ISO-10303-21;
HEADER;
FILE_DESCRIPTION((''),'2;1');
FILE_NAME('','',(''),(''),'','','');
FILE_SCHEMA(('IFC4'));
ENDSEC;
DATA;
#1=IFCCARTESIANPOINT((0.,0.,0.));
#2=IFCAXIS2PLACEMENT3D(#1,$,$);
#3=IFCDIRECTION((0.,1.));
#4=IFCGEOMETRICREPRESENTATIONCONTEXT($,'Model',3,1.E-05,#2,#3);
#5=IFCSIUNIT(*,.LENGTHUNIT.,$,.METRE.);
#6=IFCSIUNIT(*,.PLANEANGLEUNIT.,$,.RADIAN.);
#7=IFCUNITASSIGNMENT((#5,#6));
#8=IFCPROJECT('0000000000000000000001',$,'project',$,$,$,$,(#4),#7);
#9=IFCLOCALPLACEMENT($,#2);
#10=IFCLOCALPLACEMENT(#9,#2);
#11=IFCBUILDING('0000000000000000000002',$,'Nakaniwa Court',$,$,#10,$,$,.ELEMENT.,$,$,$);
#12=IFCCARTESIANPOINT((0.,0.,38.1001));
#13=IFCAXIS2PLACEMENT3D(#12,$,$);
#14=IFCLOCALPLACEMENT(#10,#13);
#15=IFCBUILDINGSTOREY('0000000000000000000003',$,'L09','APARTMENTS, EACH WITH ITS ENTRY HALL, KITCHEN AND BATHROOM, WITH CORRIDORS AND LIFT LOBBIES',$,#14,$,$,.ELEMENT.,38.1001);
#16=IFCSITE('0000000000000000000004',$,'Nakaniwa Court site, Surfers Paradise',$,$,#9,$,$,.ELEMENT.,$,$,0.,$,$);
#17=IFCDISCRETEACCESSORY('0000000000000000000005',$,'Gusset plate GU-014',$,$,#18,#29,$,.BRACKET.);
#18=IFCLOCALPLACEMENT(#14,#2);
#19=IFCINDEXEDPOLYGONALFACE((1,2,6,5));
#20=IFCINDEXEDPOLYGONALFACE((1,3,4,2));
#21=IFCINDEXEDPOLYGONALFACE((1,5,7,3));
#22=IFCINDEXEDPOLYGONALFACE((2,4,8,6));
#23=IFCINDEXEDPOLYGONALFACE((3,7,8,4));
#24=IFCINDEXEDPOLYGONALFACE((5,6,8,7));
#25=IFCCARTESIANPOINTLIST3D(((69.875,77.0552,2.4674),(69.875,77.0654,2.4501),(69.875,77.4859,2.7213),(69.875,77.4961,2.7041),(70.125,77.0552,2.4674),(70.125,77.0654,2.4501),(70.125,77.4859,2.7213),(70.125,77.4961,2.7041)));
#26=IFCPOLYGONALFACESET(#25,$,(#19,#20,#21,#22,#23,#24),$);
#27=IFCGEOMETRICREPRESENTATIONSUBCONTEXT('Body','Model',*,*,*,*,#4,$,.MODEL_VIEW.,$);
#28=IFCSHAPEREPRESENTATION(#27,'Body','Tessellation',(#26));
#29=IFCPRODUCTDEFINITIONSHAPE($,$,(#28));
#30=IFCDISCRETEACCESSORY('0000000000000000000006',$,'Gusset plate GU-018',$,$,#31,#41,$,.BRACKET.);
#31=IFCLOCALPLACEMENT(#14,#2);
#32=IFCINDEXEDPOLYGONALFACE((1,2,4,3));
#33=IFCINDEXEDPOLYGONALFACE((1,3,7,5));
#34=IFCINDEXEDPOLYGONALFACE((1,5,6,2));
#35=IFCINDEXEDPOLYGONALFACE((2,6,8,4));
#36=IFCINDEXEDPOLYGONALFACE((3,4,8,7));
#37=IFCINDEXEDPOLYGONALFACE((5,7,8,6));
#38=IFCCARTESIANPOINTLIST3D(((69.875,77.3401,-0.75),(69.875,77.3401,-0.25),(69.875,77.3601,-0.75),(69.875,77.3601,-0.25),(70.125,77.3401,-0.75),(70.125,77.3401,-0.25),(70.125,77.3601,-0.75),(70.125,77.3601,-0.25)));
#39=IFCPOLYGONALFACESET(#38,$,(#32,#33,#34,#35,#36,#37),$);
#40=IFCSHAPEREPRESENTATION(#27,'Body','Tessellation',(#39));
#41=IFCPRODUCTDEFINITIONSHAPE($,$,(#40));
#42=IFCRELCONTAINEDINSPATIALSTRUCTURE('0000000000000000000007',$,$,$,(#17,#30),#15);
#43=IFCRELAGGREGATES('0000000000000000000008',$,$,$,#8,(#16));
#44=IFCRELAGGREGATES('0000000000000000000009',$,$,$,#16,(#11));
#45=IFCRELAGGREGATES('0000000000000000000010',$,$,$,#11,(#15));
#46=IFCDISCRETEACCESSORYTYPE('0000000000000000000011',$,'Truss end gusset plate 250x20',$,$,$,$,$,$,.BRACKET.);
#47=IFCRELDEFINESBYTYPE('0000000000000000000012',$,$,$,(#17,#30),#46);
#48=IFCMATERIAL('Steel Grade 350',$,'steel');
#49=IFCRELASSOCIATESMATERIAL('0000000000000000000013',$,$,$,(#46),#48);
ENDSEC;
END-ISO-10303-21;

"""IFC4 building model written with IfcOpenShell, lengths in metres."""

from ifc_helpers import new_model, si_unit, direction, frame, origin, origin_2d, place, context, subcontext, project, spatial, rectangle, extrude, material, material_profile, profile_set, type_object, element, save


model = new_model("IFC4")

# Units and contexts
model_context = context("Model", 3, precision=1e-05, world=origin(), true_north=direction((0.0, 1.0)))
body_context = subcontext(model_context, "Body", "Model", "MODEL_VIEW")
ifc_project = project(units=[si_unit("LENGTHUNIT", "METRE"), si_unit("PLANEANGLEUNIT", "RADIAN")], contexts=[model_context])

# Site, building, storey
site_placement = place(None, origin())
site = spatial("IfcSite", under=ifc_project, at=site_placement, Name="Nakaniwa Court site, Surfers Paradise", CompositionType="ELEMENT", RefElevation=0.0)
building_placement = place(site_placement, origin())
building = spatial("IfcBuilding", under=site, at=building_placement, Name="Nakaniwa Court", CompositionType="ELEMENT")
storey_placement = place(building_placement, frame((0.0, 0.0, 38.1001)))
storey = spatial("IfcBuildingStorey", under=building, at=storey_placement, Name="L09", Description="APARTMENTS, EACH WITH ITS ENTRY HALL, KITCHEN AND BATHROOM, WITH CORRIDORS AND LIFT LOBBIES", CompositionType="ELEMENT", Elevation=38.1001)

# Shared definitions
ifc_material_1 = material(Name="Steel Grade 350", Category="steel")

# Discrete accessories
ifc_material_profile_1 = material_profile(ifc_material_1, rectangle(XDim=0.25, YDim=0.02, at=origin_2d()), Name="Truss end gusset plate 250x20")
ifc_profile_set_1 = profile_set([ifc_material_profile_1], Name="Steel Grade 350")
discrete_accessory_type = type_object("IfcDiscreteAccessoryType", Name="Truss end gusset plate 250x20", PredefinedType="BRACKET", material=ifc_profile_set_1)
for number, where, z_axis, x_axis, name in (
    (1, (70.0, 77.0603, 2.4587), (0.0, 0.861432, 0.507874), (-1.0, 0.0, 0.0), "Gusset plate GU-014"),
    (2, (70.0, 77.3501, -0.25), (0.0, 0.0, -1.0), (1.0, 0.0, 0.0), "Gusset plate GU-018"),
):
    element("IfcDiscreteAccessory", number, at=place(storey_placement, frame(where, z_axis=z_axis, x_axis=x_axis)), inside=storey, type_object=discrete_accessory_type, Name=name, PredefinedType="BRACKET", context=body_context, shape_type="SweptSolid", body=[
        extrude(rectangle(XDim=0.25, YDim=0.02, at=origin_2d()), origin(), (0.0, 0.0, 1.0), 0.5),
    ])

save(model, "model.ifc")
